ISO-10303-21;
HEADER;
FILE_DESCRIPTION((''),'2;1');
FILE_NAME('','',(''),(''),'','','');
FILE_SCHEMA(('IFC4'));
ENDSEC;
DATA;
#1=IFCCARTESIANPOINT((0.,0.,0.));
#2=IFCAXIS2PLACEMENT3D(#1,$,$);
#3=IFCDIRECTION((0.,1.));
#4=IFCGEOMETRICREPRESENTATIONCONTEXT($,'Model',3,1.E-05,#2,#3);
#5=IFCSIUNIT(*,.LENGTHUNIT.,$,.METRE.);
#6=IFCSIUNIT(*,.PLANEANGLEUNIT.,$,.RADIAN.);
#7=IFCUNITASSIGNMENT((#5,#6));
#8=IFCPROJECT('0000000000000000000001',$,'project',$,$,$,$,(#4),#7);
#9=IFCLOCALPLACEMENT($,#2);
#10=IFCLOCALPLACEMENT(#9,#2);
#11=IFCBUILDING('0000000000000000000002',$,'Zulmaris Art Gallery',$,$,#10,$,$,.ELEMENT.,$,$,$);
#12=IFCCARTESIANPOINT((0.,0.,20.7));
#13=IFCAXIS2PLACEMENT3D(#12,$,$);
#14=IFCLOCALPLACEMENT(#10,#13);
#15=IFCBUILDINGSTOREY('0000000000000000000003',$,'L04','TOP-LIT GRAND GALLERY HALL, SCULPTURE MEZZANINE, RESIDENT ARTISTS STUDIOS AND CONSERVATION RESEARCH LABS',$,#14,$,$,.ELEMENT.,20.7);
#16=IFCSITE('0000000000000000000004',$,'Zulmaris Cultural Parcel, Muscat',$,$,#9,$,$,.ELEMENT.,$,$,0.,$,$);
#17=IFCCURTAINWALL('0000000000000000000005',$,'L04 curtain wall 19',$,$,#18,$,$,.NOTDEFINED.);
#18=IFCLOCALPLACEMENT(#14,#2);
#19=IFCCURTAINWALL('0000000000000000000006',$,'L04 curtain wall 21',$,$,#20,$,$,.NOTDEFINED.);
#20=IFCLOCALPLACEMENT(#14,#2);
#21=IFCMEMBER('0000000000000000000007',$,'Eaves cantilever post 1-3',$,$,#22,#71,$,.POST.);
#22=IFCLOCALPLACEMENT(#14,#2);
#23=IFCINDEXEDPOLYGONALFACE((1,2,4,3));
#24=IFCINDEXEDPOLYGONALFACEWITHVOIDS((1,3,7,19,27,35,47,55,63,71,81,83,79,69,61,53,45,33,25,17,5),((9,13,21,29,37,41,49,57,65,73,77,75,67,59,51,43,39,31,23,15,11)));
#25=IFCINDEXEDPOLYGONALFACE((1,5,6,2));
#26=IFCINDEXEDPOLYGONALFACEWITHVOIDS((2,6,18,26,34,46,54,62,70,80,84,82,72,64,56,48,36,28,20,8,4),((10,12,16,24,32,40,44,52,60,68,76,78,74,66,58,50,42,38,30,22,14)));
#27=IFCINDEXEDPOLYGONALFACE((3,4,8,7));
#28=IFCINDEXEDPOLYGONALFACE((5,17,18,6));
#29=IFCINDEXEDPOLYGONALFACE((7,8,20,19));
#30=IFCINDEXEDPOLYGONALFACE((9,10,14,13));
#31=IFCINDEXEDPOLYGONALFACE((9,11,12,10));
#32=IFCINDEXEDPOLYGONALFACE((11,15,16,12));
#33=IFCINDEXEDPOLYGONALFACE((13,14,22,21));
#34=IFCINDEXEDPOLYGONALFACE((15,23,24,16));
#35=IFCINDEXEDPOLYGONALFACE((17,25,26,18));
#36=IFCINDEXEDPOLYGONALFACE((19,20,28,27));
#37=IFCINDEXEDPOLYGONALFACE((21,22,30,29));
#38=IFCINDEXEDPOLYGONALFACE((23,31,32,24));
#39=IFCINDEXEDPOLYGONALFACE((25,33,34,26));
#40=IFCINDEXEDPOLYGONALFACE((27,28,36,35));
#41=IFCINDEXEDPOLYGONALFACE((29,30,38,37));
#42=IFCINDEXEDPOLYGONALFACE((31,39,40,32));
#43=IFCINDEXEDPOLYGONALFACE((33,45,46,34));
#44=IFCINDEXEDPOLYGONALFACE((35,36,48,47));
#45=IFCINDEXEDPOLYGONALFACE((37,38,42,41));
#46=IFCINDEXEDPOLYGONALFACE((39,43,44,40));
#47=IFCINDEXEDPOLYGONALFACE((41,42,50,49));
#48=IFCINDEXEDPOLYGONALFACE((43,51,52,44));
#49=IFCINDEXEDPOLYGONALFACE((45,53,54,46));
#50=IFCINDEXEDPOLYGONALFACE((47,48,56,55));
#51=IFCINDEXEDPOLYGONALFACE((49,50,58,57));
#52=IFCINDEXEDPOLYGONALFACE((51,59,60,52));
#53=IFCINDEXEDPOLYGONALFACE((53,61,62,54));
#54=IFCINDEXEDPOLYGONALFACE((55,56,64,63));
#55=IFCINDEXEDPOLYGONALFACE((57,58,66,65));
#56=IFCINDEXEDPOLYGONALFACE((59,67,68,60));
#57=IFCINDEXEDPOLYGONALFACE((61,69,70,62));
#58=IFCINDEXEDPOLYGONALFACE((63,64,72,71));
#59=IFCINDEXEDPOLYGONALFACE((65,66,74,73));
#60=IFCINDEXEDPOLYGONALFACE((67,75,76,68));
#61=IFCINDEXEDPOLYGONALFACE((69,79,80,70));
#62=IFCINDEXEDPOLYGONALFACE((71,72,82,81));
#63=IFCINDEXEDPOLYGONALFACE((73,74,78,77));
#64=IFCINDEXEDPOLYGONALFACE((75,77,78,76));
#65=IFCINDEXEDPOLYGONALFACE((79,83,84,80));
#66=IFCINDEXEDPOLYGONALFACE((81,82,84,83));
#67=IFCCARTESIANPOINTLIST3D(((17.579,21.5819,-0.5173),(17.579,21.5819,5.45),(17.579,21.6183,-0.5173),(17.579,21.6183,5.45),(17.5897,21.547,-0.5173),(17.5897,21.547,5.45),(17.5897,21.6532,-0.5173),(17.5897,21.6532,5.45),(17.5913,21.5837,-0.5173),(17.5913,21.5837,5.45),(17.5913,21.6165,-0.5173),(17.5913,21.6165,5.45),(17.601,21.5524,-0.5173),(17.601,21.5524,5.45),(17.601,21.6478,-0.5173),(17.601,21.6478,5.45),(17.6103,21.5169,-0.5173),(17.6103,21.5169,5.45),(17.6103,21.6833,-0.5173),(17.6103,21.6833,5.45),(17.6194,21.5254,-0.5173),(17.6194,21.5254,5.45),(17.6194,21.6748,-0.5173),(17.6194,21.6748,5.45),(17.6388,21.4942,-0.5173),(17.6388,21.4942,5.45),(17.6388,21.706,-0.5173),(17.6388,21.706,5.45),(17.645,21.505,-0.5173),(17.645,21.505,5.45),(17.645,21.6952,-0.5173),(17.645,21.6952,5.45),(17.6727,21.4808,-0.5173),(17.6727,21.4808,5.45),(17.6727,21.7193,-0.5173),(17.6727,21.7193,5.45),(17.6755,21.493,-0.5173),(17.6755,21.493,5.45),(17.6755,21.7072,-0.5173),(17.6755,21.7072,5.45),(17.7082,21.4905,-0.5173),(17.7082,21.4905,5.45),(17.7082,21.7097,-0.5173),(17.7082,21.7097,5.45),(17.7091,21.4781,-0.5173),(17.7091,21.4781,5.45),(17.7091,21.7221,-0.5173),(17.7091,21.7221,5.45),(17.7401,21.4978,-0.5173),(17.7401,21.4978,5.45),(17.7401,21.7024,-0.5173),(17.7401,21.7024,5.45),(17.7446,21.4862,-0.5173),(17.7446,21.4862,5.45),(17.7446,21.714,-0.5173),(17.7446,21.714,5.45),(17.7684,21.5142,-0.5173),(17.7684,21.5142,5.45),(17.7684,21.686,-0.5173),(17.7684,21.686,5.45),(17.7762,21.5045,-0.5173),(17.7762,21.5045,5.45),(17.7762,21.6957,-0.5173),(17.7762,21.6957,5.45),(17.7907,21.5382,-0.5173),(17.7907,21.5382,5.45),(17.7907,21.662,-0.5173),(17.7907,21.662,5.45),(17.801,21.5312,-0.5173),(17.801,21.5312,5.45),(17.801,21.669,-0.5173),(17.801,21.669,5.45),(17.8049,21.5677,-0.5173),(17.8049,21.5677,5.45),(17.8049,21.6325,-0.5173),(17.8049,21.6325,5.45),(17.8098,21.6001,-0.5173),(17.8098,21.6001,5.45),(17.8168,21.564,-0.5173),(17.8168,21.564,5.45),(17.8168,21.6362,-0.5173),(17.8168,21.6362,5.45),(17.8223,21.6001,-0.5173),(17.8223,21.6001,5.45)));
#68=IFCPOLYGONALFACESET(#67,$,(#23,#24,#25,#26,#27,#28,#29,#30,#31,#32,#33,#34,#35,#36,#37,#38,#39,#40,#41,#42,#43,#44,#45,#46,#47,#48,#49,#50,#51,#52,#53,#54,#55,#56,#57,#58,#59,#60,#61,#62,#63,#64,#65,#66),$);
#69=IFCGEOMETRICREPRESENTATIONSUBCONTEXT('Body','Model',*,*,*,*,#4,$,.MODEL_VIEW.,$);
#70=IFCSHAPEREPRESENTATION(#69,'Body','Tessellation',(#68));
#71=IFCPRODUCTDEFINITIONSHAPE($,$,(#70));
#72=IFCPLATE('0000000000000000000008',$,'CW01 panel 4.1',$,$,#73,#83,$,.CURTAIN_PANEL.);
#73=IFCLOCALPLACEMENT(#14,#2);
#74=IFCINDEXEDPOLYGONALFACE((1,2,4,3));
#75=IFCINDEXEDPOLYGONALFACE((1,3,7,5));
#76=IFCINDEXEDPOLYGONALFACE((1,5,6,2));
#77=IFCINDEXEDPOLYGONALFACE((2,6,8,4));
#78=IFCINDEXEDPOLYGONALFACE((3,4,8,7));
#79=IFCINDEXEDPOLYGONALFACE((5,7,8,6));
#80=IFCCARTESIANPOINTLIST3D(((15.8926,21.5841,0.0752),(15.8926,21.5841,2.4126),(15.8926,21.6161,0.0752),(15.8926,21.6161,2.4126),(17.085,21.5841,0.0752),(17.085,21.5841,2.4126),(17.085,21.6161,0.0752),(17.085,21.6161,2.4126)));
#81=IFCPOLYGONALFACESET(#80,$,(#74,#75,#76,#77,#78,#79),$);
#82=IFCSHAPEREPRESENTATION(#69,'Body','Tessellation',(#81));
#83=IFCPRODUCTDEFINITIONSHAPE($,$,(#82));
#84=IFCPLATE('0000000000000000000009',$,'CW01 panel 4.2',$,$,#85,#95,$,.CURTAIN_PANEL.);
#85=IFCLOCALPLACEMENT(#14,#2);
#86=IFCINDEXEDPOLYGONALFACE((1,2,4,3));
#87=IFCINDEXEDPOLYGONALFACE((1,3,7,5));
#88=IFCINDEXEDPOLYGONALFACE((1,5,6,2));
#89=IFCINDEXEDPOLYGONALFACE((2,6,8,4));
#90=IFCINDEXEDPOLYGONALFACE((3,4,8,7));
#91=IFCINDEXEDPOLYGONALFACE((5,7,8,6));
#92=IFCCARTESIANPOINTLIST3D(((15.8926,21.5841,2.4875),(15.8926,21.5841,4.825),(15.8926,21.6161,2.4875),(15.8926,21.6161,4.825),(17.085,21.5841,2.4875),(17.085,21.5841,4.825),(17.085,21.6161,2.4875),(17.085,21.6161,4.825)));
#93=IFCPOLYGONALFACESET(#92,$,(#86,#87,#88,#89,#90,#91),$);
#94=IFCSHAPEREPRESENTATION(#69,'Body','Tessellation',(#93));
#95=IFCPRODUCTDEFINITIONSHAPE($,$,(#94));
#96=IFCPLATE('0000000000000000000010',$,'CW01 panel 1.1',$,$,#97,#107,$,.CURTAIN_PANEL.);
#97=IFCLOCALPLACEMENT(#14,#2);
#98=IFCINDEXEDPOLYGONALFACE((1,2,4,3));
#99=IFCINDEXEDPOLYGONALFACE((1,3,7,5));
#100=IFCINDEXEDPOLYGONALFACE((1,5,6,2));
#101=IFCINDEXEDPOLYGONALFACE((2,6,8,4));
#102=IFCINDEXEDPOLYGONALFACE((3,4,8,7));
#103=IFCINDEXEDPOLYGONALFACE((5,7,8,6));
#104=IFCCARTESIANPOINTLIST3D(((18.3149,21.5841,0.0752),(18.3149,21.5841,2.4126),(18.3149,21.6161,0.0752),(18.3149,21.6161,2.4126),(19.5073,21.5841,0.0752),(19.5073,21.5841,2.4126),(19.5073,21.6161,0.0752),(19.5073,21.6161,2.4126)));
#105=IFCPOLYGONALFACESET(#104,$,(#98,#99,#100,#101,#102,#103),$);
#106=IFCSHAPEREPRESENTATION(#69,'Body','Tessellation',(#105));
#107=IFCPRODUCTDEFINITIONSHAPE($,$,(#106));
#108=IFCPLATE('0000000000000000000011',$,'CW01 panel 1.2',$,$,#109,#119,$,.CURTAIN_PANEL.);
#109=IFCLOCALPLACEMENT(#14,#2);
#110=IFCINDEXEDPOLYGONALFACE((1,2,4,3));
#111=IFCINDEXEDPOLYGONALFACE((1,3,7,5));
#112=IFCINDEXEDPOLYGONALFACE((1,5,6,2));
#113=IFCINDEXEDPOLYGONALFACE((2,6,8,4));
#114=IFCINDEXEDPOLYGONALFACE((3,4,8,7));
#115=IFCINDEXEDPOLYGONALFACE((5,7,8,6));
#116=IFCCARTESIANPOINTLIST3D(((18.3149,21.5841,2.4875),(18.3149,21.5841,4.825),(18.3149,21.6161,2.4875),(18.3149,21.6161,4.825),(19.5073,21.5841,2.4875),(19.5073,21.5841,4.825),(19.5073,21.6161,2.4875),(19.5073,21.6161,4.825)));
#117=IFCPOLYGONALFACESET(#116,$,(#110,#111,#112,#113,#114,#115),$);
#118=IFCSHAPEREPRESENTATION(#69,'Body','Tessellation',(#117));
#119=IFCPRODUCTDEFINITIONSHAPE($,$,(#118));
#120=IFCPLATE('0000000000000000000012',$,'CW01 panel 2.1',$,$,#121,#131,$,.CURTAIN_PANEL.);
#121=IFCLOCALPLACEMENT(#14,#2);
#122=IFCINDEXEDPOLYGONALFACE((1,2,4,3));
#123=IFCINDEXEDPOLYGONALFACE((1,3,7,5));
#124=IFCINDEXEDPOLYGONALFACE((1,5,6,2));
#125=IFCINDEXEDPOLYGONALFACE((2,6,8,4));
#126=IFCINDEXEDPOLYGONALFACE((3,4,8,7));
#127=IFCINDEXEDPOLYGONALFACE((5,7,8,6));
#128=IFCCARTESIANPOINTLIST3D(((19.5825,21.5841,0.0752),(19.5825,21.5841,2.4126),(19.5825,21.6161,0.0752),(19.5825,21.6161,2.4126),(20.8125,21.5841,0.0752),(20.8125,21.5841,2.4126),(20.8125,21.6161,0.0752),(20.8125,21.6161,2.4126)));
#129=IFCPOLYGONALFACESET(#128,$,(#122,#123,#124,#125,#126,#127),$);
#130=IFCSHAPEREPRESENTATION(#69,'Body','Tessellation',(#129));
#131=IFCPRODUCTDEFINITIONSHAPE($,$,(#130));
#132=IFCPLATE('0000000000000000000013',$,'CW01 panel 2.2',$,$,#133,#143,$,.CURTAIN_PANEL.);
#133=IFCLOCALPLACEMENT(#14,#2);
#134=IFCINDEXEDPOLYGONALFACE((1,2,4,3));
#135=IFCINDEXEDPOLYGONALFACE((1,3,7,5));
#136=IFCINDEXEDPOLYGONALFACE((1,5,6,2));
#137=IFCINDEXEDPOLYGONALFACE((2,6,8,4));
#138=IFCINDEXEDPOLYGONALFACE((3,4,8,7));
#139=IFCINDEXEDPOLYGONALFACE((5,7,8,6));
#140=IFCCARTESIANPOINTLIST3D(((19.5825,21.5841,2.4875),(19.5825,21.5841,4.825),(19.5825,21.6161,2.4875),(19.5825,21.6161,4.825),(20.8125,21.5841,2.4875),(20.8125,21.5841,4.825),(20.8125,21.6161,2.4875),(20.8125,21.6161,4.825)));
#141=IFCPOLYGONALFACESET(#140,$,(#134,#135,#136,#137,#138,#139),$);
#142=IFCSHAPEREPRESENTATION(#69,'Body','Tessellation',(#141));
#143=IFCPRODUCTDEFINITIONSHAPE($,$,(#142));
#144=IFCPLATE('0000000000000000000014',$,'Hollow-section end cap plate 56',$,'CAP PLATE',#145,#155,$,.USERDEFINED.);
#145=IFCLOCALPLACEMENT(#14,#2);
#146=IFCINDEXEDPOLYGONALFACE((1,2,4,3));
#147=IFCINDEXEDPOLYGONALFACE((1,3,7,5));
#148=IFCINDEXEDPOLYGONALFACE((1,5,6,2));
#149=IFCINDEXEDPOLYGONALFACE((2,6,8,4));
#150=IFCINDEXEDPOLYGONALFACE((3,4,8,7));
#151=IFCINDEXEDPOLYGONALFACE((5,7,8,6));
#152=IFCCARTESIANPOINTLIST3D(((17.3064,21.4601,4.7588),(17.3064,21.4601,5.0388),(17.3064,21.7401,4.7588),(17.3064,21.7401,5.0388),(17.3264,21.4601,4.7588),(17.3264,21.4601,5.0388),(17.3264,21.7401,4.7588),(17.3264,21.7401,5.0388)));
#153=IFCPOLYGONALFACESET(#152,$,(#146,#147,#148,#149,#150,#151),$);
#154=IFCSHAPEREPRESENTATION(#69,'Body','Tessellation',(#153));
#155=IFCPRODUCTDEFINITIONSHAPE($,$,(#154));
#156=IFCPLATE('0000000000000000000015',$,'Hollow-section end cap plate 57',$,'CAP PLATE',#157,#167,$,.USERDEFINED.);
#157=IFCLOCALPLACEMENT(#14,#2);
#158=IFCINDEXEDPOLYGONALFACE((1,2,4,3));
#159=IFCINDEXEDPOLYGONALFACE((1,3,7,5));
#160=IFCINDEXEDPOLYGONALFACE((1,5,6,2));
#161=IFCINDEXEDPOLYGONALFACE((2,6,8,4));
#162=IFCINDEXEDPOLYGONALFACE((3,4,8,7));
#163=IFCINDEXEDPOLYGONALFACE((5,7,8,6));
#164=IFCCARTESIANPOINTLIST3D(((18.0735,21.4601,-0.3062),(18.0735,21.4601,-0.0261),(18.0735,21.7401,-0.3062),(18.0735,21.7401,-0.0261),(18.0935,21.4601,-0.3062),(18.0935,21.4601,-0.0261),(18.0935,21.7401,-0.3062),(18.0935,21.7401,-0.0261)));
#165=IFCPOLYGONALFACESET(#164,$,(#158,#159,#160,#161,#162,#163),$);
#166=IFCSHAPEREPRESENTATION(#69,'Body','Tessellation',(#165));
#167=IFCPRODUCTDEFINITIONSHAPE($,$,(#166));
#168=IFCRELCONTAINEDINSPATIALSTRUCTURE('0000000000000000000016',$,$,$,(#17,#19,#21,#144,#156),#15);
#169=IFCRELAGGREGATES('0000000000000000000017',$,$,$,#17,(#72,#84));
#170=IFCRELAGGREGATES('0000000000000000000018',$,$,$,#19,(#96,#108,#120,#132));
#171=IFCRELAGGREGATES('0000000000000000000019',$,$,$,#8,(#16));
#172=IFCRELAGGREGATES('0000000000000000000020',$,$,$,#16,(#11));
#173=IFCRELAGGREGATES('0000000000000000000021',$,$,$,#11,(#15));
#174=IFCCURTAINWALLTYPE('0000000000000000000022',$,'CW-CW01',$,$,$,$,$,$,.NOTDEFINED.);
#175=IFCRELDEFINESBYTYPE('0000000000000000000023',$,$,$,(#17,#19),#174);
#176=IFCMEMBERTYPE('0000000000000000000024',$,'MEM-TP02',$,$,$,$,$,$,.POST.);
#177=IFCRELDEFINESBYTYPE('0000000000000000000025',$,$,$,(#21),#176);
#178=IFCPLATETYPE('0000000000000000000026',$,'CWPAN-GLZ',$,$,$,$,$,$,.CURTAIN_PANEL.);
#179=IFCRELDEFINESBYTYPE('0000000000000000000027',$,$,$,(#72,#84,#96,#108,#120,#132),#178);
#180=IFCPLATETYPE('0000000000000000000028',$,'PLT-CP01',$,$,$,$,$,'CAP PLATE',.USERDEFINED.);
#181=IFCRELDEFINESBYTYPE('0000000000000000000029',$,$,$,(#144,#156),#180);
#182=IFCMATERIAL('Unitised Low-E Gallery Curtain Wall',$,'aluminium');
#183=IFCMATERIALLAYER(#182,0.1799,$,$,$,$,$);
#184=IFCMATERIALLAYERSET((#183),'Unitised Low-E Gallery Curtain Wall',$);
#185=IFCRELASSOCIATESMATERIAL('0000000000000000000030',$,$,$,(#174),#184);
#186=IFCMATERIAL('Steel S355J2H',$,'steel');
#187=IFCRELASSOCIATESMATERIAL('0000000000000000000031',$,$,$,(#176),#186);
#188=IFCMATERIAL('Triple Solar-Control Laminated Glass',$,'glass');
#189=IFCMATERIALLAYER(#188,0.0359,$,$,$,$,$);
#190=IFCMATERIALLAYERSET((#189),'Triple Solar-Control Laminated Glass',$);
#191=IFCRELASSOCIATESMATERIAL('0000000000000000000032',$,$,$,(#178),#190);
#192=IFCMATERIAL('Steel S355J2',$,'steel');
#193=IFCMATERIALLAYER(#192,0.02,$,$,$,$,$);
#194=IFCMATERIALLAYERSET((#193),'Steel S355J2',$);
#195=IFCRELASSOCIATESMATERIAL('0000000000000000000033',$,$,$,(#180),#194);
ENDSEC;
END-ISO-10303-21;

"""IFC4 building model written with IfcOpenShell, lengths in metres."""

from ifc_helpers import new_model, si_unit, direction, frame, origin, origin_2d, place, context, subcontext, project, spatial, rectangle, hollow_circle, extrude, material, layer, layer_set, material_profile, profile_set, type_object, element, aggregate, save


model = new_model("IFC4")

# Units and contexts
model_context = context("Model", 3, precision=1e-05, world=origin(), true_north=direction((0.0, 1.0)))
body_context = subcontext(model_context, "Body", "Model", "MODEL_VIEW")
ifc_project = project(units=[si_unit("LENGTHUNIT", "METRE"), si_unit("PLANEANGLEUNIT", "RADIAN")], contexts=[model_context])

# Site, building, storey
site_placement = place(None, origin())
site = spatial("IfcSite", under=ifc_project, at=site_placement, Name="Zulmaris Cultural Parcel, Muscat", CompositionType="ELEMENT", RefElevation=0.0)
building_placement = place(site_placement, origin())
building = spatial("IfcBuilding", under=site, at=building_placement, Name="Zulmaris Art Gallery", CompositionType="ELEMENT")
storey_placement = place(building_placement, frame((0.0, 0.0, 20.7)))
storey = spatial("IfcBuildingStorey", under=building, at=storey_placement, Name="L04", Description="TOP-LIT GRAND GALLERY HALL, SCULPTURE MEZZANINE, RESIDENT ARTISTS STUDIOS AND CONSERVATION RESEARCH LABS", CompositionType="ELEMENT", Elevation=20.7)

# Shared definitions
ifc_material_1 = material(Name="Steel S355J2", Category="steel")

# Curtain wall
ifc_material_2 = material(Name="Unitised Low-E Gallery Curtain Wall", Category="aluminium")
ifc_layer_1 = layer(ifc_material_2, 0.1799)
ifc_layer_set_1 = layer_set([ifc_layer_1], Name="Unitised Low-E Gallery Curtain Wall")
curtain_wall_type = type_object("IfcCurtainWallType", Name="CW-CW01", PredefinedType="NOTDEFINED", material=ifc_layer_set_1)
curtain_wall_1_placement = place(storey_placement, origin())
curtain_wall_1 = element("IfcCurtainWall", 1, at=curtain_wall_1_placement, inside=storey, type_object=curtain_wall_type, Name="L04 curtain wall 19", PredefinedType="NOTDEFINED")

# Curtain wall
curtain_wall_2_placement = place(storey_placement, origin())
curtain_wall_2 = element("IfcCurtainWall", 2, at=curtain_wall_2_placement, inside=storey, type_object=curtain_wall_type, Name="L04 curtain wall 21", PredefinedType="NOTDEFINED")

# Member
ifc_material_3 = material(Name="Steel S355J2H", Category="steel")
ifc_material_profile_1 = material_profile(ifc_material_3, hollow_circle(Radius=0.1223, WallThickness=0.0125, at=origin_2d()), Name="CHS 244.5x12.5")
ifc_profile_set_1 = profile_set([ifc_material_profile_1], Name="Steel S355J2H")
member_type_1 = type_object("IfcMemberType", Name="MEM-TP02", PredefinedType="POST", material=ifc_profile_set_1)
member_1_placement = place(storey_placement, frame((17.7, 21.6001, -0.5173), z_axis=(0.0, 0.0, 1.0), x_axis=(1.0, 0.0, 0.0)))
element("IfcMember", 3, at=member_1_placement, inside=storey, type_object=member_type_1, Name="Eaves cantilever post 1-3", PredefinedType="POST", context=body_context, shape_type="SweptSolid", body=[
    extrude(hollow_circle(Radius=0.1223, WallThickness=0.0125, at=origin_2d()), origin(), (0.0, 0.0, 1.0), 5.9673),
])

# Plates
ifc_material_4 = material(Name="Triple Solar-Control Laminated Glass", Category="glass")
ifc_layer_2 = layer(ifc_material_4, 0.0359)
ifc_layer_set_2 = layer_set([ifc_layer_2], Name="Triple Solar-Control Laminated Glass")
plate_type_1 = type_object("IfcPlateType", Name="CWPAN-GLZ", PredefinedType="CURTAIN_PANEL", material=ifc_layer_set_2)
plate_1_placement = place(storey_placement, frame((16.4888, 21.6001, 0.0752), z_axis=(0.0, 0.0, 1.0), x_axis=(1.0, 0.0, 0.0)))
plate_1 = element("IfcPlate", 4, at=plate_1_placement, type_object=plate_type_1, Name="CW01 panel 4.1", PredefinedType="CURTAIN_PANEL", context=body_context, shape_type="SweptSolid", body=[
    extrude(rectangle(XDim=1.1924, YDim=0.032, at=origin_2d()), origin(), (0.0, 0.0, 1.0), 2.3374),
])
plate_2_placement = place(storey_placement, frame((16.4888, 21.6001, 2.4875), z_axis=(0.0, 0.0, 1.0), x_axis=(1.0, 0.0, 0.0)))
plate_2 = element("IfcPlate", 5, at=plate_2_placement, type_object=plate_type_1, Name="CW01 panel 4.2", PredefinedType="CURTAIN_PANEL", context=body_context, shape_type="SweptSolid", body=[
    extrude(rectangle(XDim=1.1924, YDim=0.032, at=origin_2d()), origin(), (0.0, 0.0, 1.0), 2.3374),
])
aggregate(curtain_wall_1, [plate_1, plate_2])
plate_3_placement = place(storey_placement, frame((18.9111, 21.6001, 0.0752), z_axis=(0.0, 0.0, 1.0), x_axis=(1.0, 0.0, 0.0)))
plate_3 = element("IfcPlate", 6, at=plate_3_placement, type_object=plate_type_1, Name="CW01 panel 1.1", PredefinedType="CURTAIN_PANEL", context=body_context, shape_type="SweptSolid", body=[
    extrude(rectangle(XDim=1.1924, YDim=0.032, at=origin_2d()), origin(), (0.0, 0.0, 1.0), 2.3374),
])
plate_4_placement = place(storey_placement, frame((18.9111, 21.6001, 2.4875), z_axis=(0.0, 0.0, 1.0), x_axis=(1.0, 0.0, 0.0)))
plate_4 = element("IfcPlate", 7, at=plate_4_placement, type_object=plate_type_1, Name="CW01 panel 1.2", PredefinedType="CURTAIN_PANEL", context=body_context, shape_type="SweptSolid", body=[
    extrude(rectangle(XDim=1.1924, YDim=0.032, at=origin_2d()), origin(), (0.0, 0.0, 1.0), 2.3374),
])
plate_5_placement = place(storey_placement, frame((20.1975, 21.6001, 0.0752), z_axis=(0.0, 0.0, 1.0), x_axis=(1.0, 0.0, 0.0)))
plate_5 = element("IfcPlate", 8, at=plate_5_placement, type_object=plate_type_1, Name="CW01 panel 2.1", PredefinedType="CURTAIN_PANEL", context=body_context, shape_type="SweptSolid", body=[
    extrude(rectangle(XDim=1.23, YDim=0.032, at=origin_2d()), origin(), (0.0, 0.0, 1.0), 2.3374),
])
plate_6_placement = place(storey_placement, frame((20.1975, 21.6001, 2.4875), z_axis=(0.0, 0.0, 1.0), x_axis=(1.0, 0.0, 0.0)))
plate_6 = element("IfcPlate", 9, at=plate_6_placement, type_object=plate_type_1, Name="CW01 panel 2.2", PredefinedType="CURTAIN_PANEL", context=body_context, shape_type="SweptSolid", body=[
    extrude(rectangle(XDim=1.23, YDim=0.032, at=origin_2d()), origin(), (0.0, 0.0, 1.0), 2.3374),
])
aggregate(curtain_wall_2, [plate_3, plate_4, plate_5, plate_6])

# Plates
ifc_layer_3 = layer(ifc_material_1, 0.02)
ifc_layer_set_3 = layer_set([ifc_layer_3], Name="Steel S355J2")
plate_type_2 = type_object("IfcPlateType", Name="PLT-CP01", ElementType="CAP PLATE", PredefinedType="USERDEFINED", material=ifc_layer_set_3)
for number, where, z_axis, x_axis, name in (
    (10, (17.3164, 21.6001, 4.7588), (0.0, 0.0, 1.0), (1.0, 0.0, 0.0), "Hollow-section end cap plate 56"),
    (11, (18.0835, 21.6001, -0.3062), (0.0, 0.0, 1.0), (1.0, 0.0, 0.0), "Hollow-section end cap plate 57"),
):
    element("IfcPlate", number, at=place(storey_placement, frame(where, z_axis=z_axis, x_axis=x_axis)), inside=storey, type_object=plate_type_2, Name=name, ObjectType="CAP PLATE", PredefinedType="USERDEFINED", context=body_context, shape_type="SweptSolid", body=[
        extrude(rectangle(XDim=0.02, YDim=0.28, at=origin_2d()), origin(), (0.0, 0.0, 1.0), 0.28),
    ])

save(model, "model.ifc")
